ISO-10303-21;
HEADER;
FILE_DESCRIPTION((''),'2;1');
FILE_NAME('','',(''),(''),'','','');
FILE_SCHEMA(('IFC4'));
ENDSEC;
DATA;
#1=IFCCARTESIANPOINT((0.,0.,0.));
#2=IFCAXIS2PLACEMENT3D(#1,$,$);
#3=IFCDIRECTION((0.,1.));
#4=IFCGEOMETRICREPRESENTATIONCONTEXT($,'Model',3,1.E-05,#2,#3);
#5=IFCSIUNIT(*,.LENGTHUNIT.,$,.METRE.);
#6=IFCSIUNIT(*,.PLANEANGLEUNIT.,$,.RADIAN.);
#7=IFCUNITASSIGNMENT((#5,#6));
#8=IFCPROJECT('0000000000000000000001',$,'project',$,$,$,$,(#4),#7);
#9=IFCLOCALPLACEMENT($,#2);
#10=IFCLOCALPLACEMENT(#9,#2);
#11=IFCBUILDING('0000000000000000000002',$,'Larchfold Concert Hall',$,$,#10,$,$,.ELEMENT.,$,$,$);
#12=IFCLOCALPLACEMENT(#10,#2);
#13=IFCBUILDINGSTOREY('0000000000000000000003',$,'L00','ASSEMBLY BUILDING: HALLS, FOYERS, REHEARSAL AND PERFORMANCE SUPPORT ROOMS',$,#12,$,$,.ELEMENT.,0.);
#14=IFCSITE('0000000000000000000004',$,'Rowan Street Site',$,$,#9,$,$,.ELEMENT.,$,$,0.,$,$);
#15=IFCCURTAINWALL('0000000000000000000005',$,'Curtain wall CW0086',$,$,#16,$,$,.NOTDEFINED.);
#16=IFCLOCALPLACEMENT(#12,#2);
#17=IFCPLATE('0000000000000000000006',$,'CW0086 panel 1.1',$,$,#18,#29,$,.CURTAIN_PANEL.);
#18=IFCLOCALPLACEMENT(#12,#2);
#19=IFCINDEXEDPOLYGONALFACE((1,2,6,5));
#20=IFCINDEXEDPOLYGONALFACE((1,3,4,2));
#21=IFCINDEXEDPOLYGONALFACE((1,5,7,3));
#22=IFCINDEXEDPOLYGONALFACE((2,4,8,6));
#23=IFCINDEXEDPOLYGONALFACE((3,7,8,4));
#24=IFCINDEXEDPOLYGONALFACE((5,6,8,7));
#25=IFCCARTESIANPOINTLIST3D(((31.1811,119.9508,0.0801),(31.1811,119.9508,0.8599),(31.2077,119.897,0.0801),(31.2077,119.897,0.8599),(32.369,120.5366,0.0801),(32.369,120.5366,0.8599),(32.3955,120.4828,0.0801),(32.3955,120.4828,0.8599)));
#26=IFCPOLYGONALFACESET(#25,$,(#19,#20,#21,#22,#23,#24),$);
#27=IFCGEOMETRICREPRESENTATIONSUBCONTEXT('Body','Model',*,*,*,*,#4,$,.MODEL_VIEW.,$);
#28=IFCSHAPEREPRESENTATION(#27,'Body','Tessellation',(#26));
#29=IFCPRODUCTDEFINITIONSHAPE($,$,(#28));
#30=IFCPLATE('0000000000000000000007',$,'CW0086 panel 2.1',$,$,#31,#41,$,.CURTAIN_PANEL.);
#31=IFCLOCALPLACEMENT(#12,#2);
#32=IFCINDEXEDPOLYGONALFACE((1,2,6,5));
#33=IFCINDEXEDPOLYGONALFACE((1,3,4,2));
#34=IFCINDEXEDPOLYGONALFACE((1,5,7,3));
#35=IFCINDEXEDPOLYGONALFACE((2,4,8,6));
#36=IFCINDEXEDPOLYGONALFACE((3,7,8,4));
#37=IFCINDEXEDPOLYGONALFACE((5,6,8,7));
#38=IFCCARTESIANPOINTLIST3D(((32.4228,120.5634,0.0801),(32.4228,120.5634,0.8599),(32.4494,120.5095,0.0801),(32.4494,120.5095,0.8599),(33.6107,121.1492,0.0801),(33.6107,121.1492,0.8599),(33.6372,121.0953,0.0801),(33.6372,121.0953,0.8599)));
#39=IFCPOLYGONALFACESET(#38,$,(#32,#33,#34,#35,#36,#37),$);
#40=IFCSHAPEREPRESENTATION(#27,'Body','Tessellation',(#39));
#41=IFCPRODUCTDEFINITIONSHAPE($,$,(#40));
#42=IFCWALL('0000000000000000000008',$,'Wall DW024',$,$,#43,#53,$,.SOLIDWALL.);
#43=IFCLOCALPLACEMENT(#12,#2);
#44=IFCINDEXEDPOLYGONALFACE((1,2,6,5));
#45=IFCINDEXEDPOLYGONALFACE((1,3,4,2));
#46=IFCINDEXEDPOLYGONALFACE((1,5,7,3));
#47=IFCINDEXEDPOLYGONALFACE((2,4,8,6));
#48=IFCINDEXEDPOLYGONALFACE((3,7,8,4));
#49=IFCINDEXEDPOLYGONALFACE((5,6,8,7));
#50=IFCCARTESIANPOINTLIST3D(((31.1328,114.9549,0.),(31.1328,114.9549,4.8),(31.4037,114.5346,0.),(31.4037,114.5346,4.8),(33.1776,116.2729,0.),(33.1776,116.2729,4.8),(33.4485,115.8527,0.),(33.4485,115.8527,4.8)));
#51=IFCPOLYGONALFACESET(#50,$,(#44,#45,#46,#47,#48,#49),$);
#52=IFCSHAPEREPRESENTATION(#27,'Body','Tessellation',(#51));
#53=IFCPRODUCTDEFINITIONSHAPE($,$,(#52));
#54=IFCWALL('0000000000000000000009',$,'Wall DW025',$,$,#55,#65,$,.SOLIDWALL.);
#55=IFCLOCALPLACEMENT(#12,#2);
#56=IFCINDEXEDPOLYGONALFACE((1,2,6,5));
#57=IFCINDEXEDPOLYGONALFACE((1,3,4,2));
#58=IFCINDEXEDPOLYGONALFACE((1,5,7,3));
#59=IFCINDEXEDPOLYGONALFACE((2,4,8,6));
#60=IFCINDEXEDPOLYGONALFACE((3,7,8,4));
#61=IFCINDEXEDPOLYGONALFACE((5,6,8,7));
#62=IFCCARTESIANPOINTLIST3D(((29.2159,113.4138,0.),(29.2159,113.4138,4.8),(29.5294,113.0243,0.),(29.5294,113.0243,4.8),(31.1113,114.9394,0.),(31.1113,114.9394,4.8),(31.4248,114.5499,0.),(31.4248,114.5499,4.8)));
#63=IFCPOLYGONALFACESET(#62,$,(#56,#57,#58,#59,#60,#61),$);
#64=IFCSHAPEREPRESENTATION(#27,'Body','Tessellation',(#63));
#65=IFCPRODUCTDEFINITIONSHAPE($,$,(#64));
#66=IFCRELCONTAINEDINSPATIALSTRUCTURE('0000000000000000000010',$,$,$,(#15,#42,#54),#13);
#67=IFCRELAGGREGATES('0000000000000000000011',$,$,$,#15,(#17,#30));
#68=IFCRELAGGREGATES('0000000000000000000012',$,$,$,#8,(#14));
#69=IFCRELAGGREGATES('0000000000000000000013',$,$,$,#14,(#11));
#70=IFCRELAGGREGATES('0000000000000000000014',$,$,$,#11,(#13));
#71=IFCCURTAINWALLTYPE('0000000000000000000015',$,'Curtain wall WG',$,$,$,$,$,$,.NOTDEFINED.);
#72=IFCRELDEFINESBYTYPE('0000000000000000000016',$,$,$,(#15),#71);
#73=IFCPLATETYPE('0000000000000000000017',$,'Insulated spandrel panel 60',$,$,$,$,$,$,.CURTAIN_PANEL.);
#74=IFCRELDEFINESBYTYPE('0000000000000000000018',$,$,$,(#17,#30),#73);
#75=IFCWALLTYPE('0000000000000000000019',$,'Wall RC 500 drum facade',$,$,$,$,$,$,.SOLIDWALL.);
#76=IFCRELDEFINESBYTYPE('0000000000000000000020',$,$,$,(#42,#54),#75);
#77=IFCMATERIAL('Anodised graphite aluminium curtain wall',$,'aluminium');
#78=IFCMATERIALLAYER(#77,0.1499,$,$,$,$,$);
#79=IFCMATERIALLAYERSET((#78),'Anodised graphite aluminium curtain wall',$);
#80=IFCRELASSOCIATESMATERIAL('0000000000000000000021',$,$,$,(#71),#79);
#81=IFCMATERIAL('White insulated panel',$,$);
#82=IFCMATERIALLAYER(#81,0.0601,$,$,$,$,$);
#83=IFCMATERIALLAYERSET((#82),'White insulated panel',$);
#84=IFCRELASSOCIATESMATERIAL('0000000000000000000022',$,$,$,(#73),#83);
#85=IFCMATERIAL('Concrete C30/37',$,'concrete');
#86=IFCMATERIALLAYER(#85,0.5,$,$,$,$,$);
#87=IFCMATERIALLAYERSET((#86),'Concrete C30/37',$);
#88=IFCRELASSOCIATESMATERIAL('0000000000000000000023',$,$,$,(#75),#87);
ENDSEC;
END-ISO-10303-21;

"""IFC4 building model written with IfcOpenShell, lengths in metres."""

from ifc_helpers import new_model, si_unit, direction, frame, frame_2d, origin, origin_2d, place, context, subcontext, project, spatial, rectangle, extrude, material, layer, layer_set, type_object, element, aggregate, save


model = new_model("IFC4")

# Units and contexts
model_context = context("Model", 3, precision=1e-05, world=origin(), true_north=direction((0.0, 1.0)))
body_context = subcontext(model_context, "Body", "Model", "MODEL_VIEW")
ifc_project = project(units=[si_unit("LENGTHUNIT", "METRE"), si_unit("PLANEANGLEUNIT", "RADIAN")], contexts=[model_context])

# Site, building, storey
site_placement = place(None, origin())
site = spatial("IfcSite", under=ifc_project, at=site_placement, Name="Rowan Street Site", CompositionType="ELEMENT", RefElevation=0.0)
building_placement = place(site_placement, origin())
building = spatial("IfcBuilding", under=site, at=building_placement, Name="Larchfold Concert Hall", CompositionType="ELEMENT")
storey_placement = place(building_placement, origin())
storey = spatial("IfcBuildingStorey", under=building, at=storey_placement, Name="L00", Description="ASSEMBLY BUILDING: HALLS, FOYERS, REHEARSAL AND PERFORMANCE SUPPORT ROOMS", CompositionType="ELEMENT", Elevation=0.0)

# Curtain wall
ifc_material_1 = material(Name="Anodised graphite aluminium curtain wall", Category="aluminium")
ifc_layer_1 = layer(ifc_material_1, 0.1499)
ifc_layer_set_1 = layer_set([ifc_layer_1], Name="Anodised graphite aluminium curtain wall")
curtain_wall_type = type_object("IfcCurtainWallType", Name="Curtain wall WG", PredefinedType="NOTDEFINED", material=ifc_layer_set_1)
curtain_wall_1_placement = place(storey_placement, origin())
curtain_wall_1 = element("IfcCurtainWall", 1, at=curtain_wall_1_placement, inside=storey, type_object=curtain_wall_type, Name="Curtain wall CW0086", PredefinedType="NOTDEFINED")

# Plates
ifc_material_2 = material(Name="White insulated panel")
ifc_layer_2 = layer(ifc_material_2, 0.0601)
ifc_layer_set_2 = layer_set([ifc_layer_2], Name="White insulated panel")
plate_type_1 = type_object("IfcPlateType", Name="Insulated spandrel panel 60", PredefinedType="CURTAIN_PANEL", material=ifc_layer_set_2)
plate_1_placement = place(storey_placement, frame((31.7883, 120.2168, 0.0801), z_axis=(0.0, 0.0, 1.0), x_axis=(0.896865, 0.442305, 0.0)))
plate_1 = element("IfcPlate", 2, at=plate_1_placement, type_object=plate_type_1, Name="CW0086 panel 1.1", PredefinedType="CURTAIN_PANEL", context=body_context, shape_type="SweptSolid", body=[
    extrude(rectangle(XDim=1.3245, YDim=0.0601, at=origin_2d()), origin(), (0.0, 0.0, 1.0), 0.7798),
])
plate_2_placement = place(storey_placement, frame((33.03, 120.8293, 0.0801), z_axis=(0.0, 0.0, 1.0), x_axis=(0.896865, 0.442305, 0.0)))
plate_2 = element("IfcPlate", 3, at=plate_2_placement, type_object=plate_type_1, Name="CW0086 panel 2.1", PredefinedType="CURTAIN_PANEL", context=body_context, shape_type="SweptSolid", body=[
    extrude(rectangle(XDim=1.3245, YDim=0.0601, at=origin_2d()), origin(), (0.0, 0.0, 1.0), 0.7798),
])
aggregate(curtain_wall_1, [plate_1, plate_2])

# Walls
ifc_material_3 = material(Name="Concrete C30/37", Category="concrete")
ifc_layer_3 = layer(ifc_material_3, 0.5)
ifc_layer_set_3 = layer_set([ifc_layer_3], Name="Concrete C30/37")
wall_type = type_object("IfcWallType", Name="Wall RC 500 drum facade", PredefinedType="SOLIDWALL", material=ifc_layer_set_3)
wall_1_placement = place(storey_placement, frame((33.313, 116.0627, 0.0), z_axis=(0.0, 0.0, 1.0), x_axis=(-0.840519, -0.541782, 0.0)))
element("IfcWall", 4, at=wall_1_placement, inside=storey, type_object=wall_type, Name="Wall DW024", PredefinedType="SOLIDWALL", context=body_context, shape_type="SweptSolid", body=[
    extrude(rectangle(XDim=2.4329, YDim=0.5, at=frame_2d((1.2163, 0.0))), origin(), (0.0, 0.0, 1.0), 4.8),
])
wall_2_placement = place(storey_placement, frame((31.2681, 114.7446, 0.0), z_axis=(0.0, 0.0, 1.0), x_axis=(-0.779015, -0.627005, 0.0)))
element("IfcWall", 5, at=wall_2_placement, inside=storey, type_object=wall_type, Name="Wall DW025", PredefinedType="SOLIDWALL", context=body_context, shape_type="SweptSolid", body=[
    extrude(rectangle(XDim=2.4331, YDim=0.5, at=frame_2d((1.2166, 0.0))), origin(), (0.0, 0.0, 1.0), 4.8),
])

save(model, "model.ifc")
